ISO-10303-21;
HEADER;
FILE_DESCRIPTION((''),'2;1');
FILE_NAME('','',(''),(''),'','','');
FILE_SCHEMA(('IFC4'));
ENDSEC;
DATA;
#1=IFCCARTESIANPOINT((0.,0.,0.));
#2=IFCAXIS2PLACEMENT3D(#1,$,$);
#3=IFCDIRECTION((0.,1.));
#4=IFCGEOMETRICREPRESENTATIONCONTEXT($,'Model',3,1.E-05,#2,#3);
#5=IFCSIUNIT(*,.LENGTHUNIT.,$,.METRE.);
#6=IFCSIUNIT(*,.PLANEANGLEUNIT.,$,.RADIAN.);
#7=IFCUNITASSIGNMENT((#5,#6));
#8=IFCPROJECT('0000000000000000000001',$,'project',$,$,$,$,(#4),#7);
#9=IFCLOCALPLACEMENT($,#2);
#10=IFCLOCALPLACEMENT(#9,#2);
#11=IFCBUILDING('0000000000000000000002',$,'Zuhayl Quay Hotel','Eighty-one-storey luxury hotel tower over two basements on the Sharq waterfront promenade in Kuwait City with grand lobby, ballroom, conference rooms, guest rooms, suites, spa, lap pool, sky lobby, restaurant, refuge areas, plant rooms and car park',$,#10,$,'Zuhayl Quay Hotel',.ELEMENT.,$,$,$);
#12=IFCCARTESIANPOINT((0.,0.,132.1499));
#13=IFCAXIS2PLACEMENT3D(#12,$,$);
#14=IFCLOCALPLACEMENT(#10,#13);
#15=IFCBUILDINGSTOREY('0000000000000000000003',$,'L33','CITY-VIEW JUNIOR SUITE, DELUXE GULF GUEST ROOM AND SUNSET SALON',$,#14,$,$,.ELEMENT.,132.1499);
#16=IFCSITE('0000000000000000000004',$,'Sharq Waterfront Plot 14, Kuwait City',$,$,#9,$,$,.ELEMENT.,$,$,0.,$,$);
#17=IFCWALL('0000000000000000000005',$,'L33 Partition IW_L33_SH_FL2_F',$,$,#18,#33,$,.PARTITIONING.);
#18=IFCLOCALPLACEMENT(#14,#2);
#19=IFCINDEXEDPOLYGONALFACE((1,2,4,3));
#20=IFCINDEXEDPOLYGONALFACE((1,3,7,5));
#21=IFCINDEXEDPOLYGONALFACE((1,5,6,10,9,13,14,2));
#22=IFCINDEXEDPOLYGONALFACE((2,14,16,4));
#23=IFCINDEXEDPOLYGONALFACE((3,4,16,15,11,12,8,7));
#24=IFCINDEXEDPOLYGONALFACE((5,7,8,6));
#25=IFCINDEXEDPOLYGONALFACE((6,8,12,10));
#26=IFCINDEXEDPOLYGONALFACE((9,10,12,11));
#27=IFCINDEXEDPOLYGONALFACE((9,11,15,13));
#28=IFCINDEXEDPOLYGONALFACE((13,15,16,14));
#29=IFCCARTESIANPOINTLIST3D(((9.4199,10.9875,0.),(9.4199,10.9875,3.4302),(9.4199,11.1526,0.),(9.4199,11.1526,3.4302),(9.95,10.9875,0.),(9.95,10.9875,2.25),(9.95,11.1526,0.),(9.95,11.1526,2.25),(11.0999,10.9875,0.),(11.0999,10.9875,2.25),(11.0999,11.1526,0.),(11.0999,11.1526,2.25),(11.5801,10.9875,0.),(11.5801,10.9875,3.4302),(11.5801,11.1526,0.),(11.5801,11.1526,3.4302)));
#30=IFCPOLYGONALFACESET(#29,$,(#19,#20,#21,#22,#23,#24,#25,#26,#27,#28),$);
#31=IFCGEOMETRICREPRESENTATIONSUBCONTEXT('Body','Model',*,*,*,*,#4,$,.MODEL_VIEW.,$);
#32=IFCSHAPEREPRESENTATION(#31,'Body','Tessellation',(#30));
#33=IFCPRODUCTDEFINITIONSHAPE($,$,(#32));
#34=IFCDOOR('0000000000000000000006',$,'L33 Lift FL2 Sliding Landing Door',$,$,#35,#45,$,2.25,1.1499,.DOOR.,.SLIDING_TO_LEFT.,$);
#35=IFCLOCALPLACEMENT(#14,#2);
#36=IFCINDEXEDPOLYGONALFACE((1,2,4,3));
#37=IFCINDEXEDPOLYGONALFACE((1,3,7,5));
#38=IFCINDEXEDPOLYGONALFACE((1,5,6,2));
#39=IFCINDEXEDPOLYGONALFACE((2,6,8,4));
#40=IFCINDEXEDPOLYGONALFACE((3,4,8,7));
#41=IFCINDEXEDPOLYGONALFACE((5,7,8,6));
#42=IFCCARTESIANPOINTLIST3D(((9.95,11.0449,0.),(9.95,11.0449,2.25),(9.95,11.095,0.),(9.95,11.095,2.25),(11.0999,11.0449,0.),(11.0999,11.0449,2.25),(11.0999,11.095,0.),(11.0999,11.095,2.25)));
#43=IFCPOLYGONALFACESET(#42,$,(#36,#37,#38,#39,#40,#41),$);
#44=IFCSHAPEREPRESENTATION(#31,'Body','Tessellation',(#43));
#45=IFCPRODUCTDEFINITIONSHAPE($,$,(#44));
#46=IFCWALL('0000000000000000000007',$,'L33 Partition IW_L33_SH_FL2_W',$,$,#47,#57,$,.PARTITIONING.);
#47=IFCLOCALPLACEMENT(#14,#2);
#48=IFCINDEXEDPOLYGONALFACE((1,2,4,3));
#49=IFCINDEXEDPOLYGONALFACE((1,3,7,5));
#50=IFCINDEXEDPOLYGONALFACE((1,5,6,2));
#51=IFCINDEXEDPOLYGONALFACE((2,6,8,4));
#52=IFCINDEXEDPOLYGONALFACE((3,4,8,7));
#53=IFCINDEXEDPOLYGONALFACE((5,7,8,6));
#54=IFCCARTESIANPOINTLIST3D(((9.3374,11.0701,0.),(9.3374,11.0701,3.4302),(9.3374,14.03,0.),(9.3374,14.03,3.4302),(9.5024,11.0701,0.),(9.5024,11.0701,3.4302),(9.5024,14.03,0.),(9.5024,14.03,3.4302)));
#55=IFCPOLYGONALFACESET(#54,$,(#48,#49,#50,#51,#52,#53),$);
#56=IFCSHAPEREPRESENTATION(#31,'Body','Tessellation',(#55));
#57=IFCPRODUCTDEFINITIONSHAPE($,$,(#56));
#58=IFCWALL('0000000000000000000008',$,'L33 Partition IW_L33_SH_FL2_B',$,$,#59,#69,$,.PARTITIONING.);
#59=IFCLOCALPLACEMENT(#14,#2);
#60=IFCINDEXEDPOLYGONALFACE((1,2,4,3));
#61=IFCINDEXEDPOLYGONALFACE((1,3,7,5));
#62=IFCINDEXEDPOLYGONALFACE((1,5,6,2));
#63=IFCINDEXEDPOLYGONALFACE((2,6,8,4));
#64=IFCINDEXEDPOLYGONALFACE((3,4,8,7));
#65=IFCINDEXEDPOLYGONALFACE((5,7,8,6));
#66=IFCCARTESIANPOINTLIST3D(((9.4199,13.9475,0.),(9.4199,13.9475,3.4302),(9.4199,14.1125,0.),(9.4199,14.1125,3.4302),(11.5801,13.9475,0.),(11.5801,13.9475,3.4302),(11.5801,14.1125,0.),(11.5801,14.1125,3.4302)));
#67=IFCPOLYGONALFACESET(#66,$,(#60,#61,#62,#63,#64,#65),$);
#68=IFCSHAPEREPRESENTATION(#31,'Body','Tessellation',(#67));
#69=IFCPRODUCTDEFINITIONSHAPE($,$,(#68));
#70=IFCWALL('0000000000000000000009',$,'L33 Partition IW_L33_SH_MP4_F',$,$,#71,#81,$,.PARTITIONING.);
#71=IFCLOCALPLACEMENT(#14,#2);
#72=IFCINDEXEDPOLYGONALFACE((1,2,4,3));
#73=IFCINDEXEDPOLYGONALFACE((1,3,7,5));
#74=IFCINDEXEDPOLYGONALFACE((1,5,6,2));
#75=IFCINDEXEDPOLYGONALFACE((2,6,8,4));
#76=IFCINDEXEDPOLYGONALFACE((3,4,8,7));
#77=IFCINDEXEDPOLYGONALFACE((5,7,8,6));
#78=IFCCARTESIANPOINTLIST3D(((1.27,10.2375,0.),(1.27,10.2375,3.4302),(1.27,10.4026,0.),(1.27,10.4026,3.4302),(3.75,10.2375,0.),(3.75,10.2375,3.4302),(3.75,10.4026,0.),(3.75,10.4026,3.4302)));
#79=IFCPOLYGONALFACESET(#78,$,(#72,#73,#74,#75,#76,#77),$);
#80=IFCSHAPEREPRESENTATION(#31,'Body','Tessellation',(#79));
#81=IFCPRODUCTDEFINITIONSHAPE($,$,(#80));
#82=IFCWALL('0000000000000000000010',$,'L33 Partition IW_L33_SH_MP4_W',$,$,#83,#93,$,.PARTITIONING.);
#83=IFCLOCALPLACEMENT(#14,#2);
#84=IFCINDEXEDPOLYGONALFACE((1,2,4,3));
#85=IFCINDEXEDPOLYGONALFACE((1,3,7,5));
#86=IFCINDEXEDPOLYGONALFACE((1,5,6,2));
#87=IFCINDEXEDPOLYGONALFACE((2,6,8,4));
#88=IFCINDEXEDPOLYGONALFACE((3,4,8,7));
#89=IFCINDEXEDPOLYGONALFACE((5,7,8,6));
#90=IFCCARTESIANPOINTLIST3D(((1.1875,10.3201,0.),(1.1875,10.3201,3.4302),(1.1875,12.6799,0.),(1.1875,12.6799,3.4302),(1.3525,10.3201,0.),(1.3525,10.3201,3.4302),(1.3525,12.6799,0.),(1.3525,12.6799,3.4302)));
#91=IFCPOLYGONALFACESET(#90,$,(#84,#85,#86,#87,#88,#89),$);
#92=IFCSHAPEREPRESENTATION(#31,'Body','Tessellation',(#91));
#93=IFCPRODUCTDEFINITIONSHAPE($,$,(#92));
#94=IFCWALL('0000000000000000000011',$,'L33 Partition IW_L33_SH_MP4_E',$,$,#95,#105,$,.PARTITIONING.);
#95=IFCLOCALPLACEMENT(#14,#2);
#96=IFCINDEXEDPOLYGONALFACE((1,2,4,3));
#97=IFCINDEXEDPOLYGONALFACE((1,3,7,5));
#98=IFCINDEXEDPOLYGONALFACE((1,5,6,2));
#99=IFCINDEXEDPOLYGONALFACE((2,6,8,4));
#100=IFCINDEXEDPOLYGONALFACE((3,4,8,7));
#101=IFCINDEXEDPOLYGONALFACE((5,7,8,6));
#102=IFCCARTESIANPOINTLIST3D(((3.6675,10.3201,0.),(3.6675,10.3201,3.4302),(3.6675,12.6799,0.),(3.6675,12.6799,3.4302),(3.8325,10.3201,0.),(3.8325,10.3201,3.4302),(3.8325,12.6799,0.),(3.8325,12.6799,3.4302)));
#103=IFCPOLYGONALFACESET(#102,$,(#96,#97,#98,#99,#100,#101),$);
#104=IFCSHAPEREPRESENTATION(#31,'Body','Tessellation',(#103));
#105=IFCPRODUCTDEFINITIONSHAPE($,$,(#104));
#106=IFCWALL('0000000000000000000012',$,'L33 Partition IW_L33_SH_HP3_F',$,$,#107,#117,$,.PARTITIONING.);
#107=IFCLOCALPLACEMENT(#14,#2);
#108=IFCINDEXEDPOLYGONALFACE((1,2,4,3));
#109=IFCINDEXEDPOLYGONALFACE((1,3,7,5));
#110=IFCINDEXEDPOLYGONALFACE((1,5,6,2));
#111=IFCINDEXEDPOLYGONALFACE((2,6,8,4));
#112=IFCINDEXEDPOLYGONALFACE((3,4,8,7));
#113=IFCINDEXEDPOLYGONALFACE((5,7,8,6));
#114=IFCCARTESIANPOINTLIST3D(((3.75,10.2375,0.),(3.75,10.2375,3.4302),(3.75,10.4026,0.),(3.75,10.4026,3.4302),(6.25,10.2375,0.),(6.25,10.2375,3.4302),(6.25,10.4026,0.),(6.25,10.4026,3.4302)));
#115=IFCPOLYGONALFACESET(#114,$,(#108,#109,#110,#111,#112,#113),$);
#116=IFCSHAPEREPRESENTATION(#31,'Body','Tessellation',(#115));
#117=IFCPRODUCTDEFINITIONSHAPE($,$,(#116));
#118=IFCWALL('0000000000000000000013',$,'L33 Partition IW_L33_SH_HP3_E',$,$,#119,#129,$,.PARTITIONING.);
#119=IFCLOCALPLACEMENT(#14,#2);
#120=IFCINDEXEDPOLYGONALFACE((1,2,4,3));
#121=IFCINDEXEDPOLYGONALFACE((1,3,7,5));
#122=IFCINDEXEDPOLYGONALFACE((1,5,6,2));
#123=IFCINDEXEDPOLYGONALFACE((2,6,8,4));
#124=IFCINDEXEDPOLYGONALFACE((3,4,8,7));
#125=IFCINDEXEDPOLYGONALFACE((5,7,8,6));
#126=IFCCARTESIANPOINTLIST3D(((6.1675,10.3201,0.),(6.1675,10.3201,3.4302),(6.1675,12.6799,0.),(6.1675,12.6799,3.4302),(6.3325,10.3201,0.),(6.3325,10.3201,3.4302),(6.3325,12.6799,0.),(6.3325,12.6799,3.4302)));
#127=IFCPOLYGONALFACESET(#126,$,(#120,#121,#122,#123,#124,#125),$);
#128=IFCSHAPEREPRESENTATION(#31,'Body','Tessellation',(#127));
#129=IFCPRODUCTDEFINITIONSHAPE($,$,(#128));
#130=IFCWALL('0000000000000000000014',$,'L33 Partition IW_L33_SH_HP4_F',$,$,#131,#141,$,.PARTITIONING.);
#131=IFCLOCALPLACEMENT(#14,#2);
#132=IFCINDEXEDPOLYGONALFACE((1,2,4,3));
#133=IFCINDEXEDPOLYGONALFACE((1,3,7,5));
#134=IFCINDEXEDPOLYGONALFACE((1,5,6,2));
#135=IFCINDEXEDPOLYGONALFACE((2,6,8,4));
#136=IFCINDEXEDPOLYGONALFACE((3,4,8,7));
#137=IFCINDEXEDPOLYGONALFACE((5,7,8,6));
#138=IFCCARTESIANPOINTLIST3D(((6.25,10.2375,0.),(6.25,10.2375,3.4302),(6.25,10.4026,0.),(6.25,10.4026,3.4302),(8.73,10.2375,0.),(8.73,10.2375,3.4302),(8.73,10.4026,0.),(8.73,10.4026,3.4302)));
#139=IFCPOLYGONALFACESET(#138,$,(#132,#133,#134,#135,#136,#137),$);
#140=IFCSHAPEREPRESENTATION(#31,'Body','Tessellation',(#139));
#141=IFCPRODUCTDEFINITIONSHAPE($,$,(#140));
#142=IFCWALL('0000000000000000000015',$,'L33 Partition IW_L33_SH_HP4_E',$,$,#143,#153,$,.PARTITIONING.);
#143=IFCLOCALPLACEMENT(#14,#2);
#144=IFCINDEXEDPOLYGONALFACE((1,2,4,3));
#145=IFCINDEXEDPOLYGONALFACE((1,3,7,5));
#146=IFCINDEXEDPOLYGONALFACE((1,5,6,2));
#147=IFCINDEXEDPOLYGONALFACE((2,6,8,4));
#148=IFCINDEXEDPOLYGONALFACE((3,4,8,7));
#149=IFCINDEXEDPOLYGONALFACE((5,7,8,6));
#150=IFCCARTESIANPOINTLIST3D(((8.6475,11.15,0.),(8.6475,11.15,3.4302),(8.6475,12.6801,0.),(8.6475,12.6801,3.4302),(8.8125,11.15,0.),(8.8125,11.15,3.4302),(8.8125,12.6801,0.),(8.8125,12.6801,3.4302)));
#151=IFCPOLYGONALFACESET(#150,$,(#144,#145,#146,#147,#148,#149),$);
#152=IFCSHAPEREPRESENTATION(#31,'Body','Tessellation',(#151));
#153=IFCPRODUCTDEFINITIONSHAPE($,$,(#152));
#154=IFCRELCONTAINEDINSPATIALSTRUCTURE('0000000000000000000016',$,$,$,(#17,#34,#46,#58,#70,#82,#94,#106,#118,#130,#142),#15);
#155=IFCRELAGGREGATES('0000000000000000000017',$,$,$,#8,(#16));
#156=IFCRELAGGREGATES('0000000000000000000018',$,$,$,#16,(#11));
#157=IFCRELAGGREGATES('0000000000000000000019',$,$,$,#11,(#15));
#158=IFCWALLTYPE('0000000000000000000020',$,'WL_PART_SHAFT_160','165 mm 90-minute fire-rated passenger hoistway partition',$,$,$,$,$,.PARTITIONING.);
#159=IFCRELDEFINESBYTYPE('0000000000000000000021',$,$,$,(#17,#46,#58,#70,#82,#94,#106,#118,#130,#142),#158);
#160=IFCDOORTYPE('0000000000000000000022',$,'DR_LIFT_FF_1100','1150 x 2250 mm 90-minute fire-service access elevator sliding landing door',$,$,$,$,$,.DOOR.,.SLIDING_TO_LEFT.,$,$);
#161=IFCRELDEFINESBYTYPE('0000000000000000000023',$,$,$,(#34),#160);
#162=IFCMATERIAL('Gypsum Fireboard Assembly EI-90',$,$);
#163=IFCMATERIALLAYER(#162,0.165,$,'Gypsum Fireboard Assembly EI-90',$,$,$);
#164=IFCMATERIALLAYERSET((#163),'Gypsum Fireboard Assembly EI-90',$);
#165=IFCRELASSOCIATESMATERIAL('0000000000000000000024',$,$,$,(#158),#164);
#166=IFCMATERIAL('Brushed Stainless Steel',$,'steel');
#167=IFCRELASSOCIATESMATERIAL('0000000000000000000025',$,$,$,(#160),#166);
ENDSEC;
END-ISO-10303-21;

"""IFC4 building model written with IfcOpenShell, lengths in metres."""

from ifc_helpers import new_model, si_unit, direction, frame, frame_2d, origin, place, context, subcontext, project, spatial, rectangle, extrude, material, layer, layer_set, type_object, element, fill, save


model = new_model("IFC4")

# Units and contexts
model_context = context("Model", 3, precision=1e-05, world=origin(), true_north=direction((0.0, 1.0)))
body_context = subcontext(model_context, "Body", "Model", "MODEL_VIEW")
ifc_project = project(units=[si_unit("LENGTHUNIT", "METRE"), si_unit("PLANEANGLEUNIT", "RADIAN")], contexts=[model_context])

# Site, building, storey
site_placement = place(None, origin())
site = spatial("IfcSite", under=ifc_project, at=site_placement, Name="Sharq Waterfront Plot 14, Kuwait City", CompositionType="ELEMENT", RefElevation=0.0)
building_placement = place(site_placement, origin())
building = spatial("IfcBuilding", under=site, at=building_placement, Name="Zuhayl Quay Hotel", Description="Eighty-one-storey luxury hotel tower over two basements on the Sharq waterfront promenade in Kuwait City with grand lobby, ballroom, conference rooms, guest rooms, suites, spa, lap pool, sky lobby, restaurant, refuge areas, plant rooms and car park", LongName="Zuhayl Quay Hotel", CompositionType="ELEMENT")
storey_placement = place(building_placement, frame((0.0, 0.0, 132.1499)))
storey = spatial("IfcBuildingStorey", under=building, at=storey_placement, Name="L33", Description="CITY-VIEW JUNIOR SUITE, DELUXE GULF GUEST ROOM AND SUNSET SALON", CompositionType="ELEMENT", Elevation=132.1499)

# Wall, opening, door
ifc_material_1 = material(Name="Gypsum Fireboard Assembly EI-90")
ifc_layer_1 = layer(ifc_material_1, 0.165, Name="Gypsum Fireboard Assembly EI-90")
ifc_layer_set_1 = layer_set([ifc_layer_1], Name="Gypsum Fireboard Assembly EI-90")
wall_type_1 = type_object("IfcWallType", Name="WL_PART_SHAFT_160", Description="165 mm 90-minute fire-rated passenger hoistway partition", PredefinedType="PARTITIONING", material=ifc_layer_set_1)
wall_1_placement = place(storey_placement, frame((9.4199, 11.0701, 0.0), z_axis=(0.0, 0.0, 1.0), x_axis=(1.0, 0.0, 0.0)))
wall_1 = element("IfcWall", 1, at=wall_1_placement, inside=storey, type_object=wall_type_1, Name="L33 Partition IW_L33_SH_FL2_F", PredefinedType="PARTITIONING", context=body_context, shape_type="SweptSolid", body=[
    extrude(rectangle(XDim=2.1602, YDim=0.165, at=frame_2d((1.0801, 0.0))), origin(), (0.0, 0.0, 1.0), 3.4302),
])
opening_1_placement = place(wall_1_placement, frame((0.53, 0.0, 0.0)))
opening_1 = element("IfcOpeningElement", 2, at=opening_1_placement, cuts=wall_1, PredefinedType="OPENING", context=body_context, shape_type="SweptSolid", body=[
    extrude(rectangle(XDim=1.1499, YDim=2.25, at=frame_2d((0.575, 1.125))), frame((0.0, 0.0925, 0.0), z_axis=(0.0, -1.0, 0.0), x_axis=(1.0, 0.0, 0.0)), (0.0, 0.0, 1.0), 0.1851),
])
ifc_material_2 = material(Name="Brushed Stainless Steel", Category="steel")
door_type_1 = type_object("IfcDoorType", Name="DR_LIFT_FF_1100", Description="1150 x 2250 mm 90-minute fire-service access elevator sliding landing door", OperationType="SLIDING_TO_LEFT", PredefinedType="DOOR", material=ifc_material_2)
door_1_placement = place(opening_1_placement, origin())
door_1 = element("IfcDoor", 3, at=door_1_placement, inside=storey, type_object=door_type_1, Name="L33 Lift FL2 Sliding Landing Door", OperationType="SLIDING_TO_LEFT", OverallHeight=2.25, OverallWidth=1.1499, PredefinedType="DOOR", context=body_context, shape_type="SweptSolid", body=[
    extrude(rectangle(XDim=1.1499, YDim=2.25, at=frame_2d((0.575, 1.125))), frame((0.0, 0.0249, 0.0), z_axis=(0.0, -1.0, 0.0), x_axis=(1.0, 0.0, 0.0)), (0.0, 0.0, 1.0), 0.05),
])
fill(opening_1, door_1)

# Walls
wall_2_placement = place(storey_placement, frame((9.4199, 11.0701, 0.0), z_axis=(0.0, 0.0, 1.0), x_axis=(0.0, 1.0, 0.0)))
element("IfcWall", 4, at=wall_2_placement, inside=storey, type_object=wall_type_1, Name="L33 Partition IW_L33_SH_FL2_W", PredefinedType="PARTITIONING", context=body_context, shape_type="SweptSolid", body=[
    extrude(rectangle(XDim=2.96, YDim=0.165, at=frame_2d((1.48, 0.0))), origin(), (0.0, 0.0, 1.0), 3.4302),
])
wall_3_placement = place(storey_placement, frame((9.4199, 14.03, 0.0), z_axis=(0.0, 0.0, 1.0), x_axis=(1.0, 0.0, 0.0)))
element("IfcWall", 5, at=wall_3_placement, inside=storey, type_object=wall_type_1, Name="L33 Partition IW_L33_SH_FL2_B", PredefinedType="PARTITIONING", context=body_context, shape_type="SweptSolid", body=[
    extrude(rectangle(XDim=2.1602, YDim=0.165, at=frame_2d((1.0801, 0.0))), origin(), (0.0, 0.0, 1.0), 3.4302),
])
wall_4_placement = place(storey_placement, frame((1.27, 10.3201, 0.0), z_axis=(0.0, 0.0, 1.0), x_axis=(1.0, 0.0, 0.0)))
element("IfcWall", 6, at=wall_4_placement, inside=storey, type_object=wall_type_1, Name="L33 Partition IW_L33_SH_MP4_F", PredefinedType="PARTITIONING", context=body_context, shape_type="SweptSolid", body=[
    extrude(rectangle(XDim=2.48, YDim=0.165, at=frame_2d((1.24, 0.0))), origin(), (0.0, 0.0, 1.0), 3.4302),
])
for number, where, z_axis, x_axis, name in (
    (7, (1.27, 10.3201, 0.0), (0.0, 0.0, 1.0), (0.0, 1.0, 0.0), "L33 Partition IW_L33_SH_MP4_W"),
    (8, (3.75, 10.3201, 0.0), (0.0, 0.0, 1.0), (0.0, 1.0, 0.0), "L33 Partition IW_L33_SH_MP4_E"),
):
    element("IfcWall", number, at=place(storey_placement, frame(where, z_axis=z_axis, x_axis=x_axis)), inside=storey, type_object=wall_type_1, Name=name, PredefinedType="PARTITIONING", context=body_context, shape_type="SweptSolid", body=[
        extrude(rectangle(XDim=2.3599, YDim=0.165, at=frame_2d((1.1799, 0.0))), origin(), (0.0, 0.0, 1.0), 3.4302),
    ])
wall_5_placement = place(storey_placement, frame((3.75, 10.3201, 0.0), z_axis=(0.0, 0.0, 1.0), x_axis=(1.0, 0.0, 0.0)))
element("IfcWall", 9, at=wall_5_placement, inside=storey, type_object=wall_type_1, Name="L33 Partition IW_L33_SH_HP3_F", PredefinedType="PARTITIONING", context=body_context, shape_type="SweptSolid", body=[
    extrude(rectangle(XDim=2.5, YDim=0.165, at=frame_2d((1.25, 0.0))), origin(), (0.0, 0.0, 1.0), 3.4302),
])
wall_6_placement = place(storey_placement, frame((6.25, 10.3201, 0.0), z_axis=(0.0, 0.0, 1.0), x_axis=(0.0, 1.0, 0.0)))
element("IfcWall", 10, at=wall_6_placement, inside=storey, type_object=wall_type_1, Name="L33 Partition IW_L33_SH_HP3_E", PredefinedType="PARTITIONING", context=body_context, shape_type="SweptSolid", body=[
    extrude(rectangle(XDim=2.3599, YDim=0.165, at=frame_2d((1.1799, 0.0))), origin(), (0.0, 0.0, 1.0), 3.4302),
])
wall_7_placement = place(storey_placement, frame((6.25, 10.3201, 0.0), z_axis=(0.0, 0.0, 1.0), x_axis=(1.0, 0.0, 0.0)))
element("IfcWall", 11, at=wall_7_placement, inside=storey, type_object=wall_type_1, Name="L33 Partition IW_L33_SH_HP4_F", PredefinedType="PARTITIONING", context=body_context, shape_type="SweptSolid", body=[
    extrude(rectangle(XDim=2.48, YDim=0.165, at=frame_2d((1.24, 0.0))), origin(), (0.0, 0.0, 1.0), 3.4302),
])
wall_8_placement = place(storey_placement, frame((8.73, 11.1499, 0.0), z_axis=(0.0, 0.0, 1.0), x_axis=(0.0, 1.0, 0.0)))
element("IfcWall", 12, at=wall_8_placement, inside=storey, type_object=wall_type_1, Name="L33 Partition IW_L33_SH_HP4_E", PredefinedType="PARTITIONING", context=body_context, shape_type="SweptSolid", body=[
    extrude(rectangle(XDim=1.53, YDim=0.165, at=frame_2d((0.7651, 0.0))), origin(), (0.0, 0.0, 1.0), 3.4302),
])

save(model, "model.ifc")
